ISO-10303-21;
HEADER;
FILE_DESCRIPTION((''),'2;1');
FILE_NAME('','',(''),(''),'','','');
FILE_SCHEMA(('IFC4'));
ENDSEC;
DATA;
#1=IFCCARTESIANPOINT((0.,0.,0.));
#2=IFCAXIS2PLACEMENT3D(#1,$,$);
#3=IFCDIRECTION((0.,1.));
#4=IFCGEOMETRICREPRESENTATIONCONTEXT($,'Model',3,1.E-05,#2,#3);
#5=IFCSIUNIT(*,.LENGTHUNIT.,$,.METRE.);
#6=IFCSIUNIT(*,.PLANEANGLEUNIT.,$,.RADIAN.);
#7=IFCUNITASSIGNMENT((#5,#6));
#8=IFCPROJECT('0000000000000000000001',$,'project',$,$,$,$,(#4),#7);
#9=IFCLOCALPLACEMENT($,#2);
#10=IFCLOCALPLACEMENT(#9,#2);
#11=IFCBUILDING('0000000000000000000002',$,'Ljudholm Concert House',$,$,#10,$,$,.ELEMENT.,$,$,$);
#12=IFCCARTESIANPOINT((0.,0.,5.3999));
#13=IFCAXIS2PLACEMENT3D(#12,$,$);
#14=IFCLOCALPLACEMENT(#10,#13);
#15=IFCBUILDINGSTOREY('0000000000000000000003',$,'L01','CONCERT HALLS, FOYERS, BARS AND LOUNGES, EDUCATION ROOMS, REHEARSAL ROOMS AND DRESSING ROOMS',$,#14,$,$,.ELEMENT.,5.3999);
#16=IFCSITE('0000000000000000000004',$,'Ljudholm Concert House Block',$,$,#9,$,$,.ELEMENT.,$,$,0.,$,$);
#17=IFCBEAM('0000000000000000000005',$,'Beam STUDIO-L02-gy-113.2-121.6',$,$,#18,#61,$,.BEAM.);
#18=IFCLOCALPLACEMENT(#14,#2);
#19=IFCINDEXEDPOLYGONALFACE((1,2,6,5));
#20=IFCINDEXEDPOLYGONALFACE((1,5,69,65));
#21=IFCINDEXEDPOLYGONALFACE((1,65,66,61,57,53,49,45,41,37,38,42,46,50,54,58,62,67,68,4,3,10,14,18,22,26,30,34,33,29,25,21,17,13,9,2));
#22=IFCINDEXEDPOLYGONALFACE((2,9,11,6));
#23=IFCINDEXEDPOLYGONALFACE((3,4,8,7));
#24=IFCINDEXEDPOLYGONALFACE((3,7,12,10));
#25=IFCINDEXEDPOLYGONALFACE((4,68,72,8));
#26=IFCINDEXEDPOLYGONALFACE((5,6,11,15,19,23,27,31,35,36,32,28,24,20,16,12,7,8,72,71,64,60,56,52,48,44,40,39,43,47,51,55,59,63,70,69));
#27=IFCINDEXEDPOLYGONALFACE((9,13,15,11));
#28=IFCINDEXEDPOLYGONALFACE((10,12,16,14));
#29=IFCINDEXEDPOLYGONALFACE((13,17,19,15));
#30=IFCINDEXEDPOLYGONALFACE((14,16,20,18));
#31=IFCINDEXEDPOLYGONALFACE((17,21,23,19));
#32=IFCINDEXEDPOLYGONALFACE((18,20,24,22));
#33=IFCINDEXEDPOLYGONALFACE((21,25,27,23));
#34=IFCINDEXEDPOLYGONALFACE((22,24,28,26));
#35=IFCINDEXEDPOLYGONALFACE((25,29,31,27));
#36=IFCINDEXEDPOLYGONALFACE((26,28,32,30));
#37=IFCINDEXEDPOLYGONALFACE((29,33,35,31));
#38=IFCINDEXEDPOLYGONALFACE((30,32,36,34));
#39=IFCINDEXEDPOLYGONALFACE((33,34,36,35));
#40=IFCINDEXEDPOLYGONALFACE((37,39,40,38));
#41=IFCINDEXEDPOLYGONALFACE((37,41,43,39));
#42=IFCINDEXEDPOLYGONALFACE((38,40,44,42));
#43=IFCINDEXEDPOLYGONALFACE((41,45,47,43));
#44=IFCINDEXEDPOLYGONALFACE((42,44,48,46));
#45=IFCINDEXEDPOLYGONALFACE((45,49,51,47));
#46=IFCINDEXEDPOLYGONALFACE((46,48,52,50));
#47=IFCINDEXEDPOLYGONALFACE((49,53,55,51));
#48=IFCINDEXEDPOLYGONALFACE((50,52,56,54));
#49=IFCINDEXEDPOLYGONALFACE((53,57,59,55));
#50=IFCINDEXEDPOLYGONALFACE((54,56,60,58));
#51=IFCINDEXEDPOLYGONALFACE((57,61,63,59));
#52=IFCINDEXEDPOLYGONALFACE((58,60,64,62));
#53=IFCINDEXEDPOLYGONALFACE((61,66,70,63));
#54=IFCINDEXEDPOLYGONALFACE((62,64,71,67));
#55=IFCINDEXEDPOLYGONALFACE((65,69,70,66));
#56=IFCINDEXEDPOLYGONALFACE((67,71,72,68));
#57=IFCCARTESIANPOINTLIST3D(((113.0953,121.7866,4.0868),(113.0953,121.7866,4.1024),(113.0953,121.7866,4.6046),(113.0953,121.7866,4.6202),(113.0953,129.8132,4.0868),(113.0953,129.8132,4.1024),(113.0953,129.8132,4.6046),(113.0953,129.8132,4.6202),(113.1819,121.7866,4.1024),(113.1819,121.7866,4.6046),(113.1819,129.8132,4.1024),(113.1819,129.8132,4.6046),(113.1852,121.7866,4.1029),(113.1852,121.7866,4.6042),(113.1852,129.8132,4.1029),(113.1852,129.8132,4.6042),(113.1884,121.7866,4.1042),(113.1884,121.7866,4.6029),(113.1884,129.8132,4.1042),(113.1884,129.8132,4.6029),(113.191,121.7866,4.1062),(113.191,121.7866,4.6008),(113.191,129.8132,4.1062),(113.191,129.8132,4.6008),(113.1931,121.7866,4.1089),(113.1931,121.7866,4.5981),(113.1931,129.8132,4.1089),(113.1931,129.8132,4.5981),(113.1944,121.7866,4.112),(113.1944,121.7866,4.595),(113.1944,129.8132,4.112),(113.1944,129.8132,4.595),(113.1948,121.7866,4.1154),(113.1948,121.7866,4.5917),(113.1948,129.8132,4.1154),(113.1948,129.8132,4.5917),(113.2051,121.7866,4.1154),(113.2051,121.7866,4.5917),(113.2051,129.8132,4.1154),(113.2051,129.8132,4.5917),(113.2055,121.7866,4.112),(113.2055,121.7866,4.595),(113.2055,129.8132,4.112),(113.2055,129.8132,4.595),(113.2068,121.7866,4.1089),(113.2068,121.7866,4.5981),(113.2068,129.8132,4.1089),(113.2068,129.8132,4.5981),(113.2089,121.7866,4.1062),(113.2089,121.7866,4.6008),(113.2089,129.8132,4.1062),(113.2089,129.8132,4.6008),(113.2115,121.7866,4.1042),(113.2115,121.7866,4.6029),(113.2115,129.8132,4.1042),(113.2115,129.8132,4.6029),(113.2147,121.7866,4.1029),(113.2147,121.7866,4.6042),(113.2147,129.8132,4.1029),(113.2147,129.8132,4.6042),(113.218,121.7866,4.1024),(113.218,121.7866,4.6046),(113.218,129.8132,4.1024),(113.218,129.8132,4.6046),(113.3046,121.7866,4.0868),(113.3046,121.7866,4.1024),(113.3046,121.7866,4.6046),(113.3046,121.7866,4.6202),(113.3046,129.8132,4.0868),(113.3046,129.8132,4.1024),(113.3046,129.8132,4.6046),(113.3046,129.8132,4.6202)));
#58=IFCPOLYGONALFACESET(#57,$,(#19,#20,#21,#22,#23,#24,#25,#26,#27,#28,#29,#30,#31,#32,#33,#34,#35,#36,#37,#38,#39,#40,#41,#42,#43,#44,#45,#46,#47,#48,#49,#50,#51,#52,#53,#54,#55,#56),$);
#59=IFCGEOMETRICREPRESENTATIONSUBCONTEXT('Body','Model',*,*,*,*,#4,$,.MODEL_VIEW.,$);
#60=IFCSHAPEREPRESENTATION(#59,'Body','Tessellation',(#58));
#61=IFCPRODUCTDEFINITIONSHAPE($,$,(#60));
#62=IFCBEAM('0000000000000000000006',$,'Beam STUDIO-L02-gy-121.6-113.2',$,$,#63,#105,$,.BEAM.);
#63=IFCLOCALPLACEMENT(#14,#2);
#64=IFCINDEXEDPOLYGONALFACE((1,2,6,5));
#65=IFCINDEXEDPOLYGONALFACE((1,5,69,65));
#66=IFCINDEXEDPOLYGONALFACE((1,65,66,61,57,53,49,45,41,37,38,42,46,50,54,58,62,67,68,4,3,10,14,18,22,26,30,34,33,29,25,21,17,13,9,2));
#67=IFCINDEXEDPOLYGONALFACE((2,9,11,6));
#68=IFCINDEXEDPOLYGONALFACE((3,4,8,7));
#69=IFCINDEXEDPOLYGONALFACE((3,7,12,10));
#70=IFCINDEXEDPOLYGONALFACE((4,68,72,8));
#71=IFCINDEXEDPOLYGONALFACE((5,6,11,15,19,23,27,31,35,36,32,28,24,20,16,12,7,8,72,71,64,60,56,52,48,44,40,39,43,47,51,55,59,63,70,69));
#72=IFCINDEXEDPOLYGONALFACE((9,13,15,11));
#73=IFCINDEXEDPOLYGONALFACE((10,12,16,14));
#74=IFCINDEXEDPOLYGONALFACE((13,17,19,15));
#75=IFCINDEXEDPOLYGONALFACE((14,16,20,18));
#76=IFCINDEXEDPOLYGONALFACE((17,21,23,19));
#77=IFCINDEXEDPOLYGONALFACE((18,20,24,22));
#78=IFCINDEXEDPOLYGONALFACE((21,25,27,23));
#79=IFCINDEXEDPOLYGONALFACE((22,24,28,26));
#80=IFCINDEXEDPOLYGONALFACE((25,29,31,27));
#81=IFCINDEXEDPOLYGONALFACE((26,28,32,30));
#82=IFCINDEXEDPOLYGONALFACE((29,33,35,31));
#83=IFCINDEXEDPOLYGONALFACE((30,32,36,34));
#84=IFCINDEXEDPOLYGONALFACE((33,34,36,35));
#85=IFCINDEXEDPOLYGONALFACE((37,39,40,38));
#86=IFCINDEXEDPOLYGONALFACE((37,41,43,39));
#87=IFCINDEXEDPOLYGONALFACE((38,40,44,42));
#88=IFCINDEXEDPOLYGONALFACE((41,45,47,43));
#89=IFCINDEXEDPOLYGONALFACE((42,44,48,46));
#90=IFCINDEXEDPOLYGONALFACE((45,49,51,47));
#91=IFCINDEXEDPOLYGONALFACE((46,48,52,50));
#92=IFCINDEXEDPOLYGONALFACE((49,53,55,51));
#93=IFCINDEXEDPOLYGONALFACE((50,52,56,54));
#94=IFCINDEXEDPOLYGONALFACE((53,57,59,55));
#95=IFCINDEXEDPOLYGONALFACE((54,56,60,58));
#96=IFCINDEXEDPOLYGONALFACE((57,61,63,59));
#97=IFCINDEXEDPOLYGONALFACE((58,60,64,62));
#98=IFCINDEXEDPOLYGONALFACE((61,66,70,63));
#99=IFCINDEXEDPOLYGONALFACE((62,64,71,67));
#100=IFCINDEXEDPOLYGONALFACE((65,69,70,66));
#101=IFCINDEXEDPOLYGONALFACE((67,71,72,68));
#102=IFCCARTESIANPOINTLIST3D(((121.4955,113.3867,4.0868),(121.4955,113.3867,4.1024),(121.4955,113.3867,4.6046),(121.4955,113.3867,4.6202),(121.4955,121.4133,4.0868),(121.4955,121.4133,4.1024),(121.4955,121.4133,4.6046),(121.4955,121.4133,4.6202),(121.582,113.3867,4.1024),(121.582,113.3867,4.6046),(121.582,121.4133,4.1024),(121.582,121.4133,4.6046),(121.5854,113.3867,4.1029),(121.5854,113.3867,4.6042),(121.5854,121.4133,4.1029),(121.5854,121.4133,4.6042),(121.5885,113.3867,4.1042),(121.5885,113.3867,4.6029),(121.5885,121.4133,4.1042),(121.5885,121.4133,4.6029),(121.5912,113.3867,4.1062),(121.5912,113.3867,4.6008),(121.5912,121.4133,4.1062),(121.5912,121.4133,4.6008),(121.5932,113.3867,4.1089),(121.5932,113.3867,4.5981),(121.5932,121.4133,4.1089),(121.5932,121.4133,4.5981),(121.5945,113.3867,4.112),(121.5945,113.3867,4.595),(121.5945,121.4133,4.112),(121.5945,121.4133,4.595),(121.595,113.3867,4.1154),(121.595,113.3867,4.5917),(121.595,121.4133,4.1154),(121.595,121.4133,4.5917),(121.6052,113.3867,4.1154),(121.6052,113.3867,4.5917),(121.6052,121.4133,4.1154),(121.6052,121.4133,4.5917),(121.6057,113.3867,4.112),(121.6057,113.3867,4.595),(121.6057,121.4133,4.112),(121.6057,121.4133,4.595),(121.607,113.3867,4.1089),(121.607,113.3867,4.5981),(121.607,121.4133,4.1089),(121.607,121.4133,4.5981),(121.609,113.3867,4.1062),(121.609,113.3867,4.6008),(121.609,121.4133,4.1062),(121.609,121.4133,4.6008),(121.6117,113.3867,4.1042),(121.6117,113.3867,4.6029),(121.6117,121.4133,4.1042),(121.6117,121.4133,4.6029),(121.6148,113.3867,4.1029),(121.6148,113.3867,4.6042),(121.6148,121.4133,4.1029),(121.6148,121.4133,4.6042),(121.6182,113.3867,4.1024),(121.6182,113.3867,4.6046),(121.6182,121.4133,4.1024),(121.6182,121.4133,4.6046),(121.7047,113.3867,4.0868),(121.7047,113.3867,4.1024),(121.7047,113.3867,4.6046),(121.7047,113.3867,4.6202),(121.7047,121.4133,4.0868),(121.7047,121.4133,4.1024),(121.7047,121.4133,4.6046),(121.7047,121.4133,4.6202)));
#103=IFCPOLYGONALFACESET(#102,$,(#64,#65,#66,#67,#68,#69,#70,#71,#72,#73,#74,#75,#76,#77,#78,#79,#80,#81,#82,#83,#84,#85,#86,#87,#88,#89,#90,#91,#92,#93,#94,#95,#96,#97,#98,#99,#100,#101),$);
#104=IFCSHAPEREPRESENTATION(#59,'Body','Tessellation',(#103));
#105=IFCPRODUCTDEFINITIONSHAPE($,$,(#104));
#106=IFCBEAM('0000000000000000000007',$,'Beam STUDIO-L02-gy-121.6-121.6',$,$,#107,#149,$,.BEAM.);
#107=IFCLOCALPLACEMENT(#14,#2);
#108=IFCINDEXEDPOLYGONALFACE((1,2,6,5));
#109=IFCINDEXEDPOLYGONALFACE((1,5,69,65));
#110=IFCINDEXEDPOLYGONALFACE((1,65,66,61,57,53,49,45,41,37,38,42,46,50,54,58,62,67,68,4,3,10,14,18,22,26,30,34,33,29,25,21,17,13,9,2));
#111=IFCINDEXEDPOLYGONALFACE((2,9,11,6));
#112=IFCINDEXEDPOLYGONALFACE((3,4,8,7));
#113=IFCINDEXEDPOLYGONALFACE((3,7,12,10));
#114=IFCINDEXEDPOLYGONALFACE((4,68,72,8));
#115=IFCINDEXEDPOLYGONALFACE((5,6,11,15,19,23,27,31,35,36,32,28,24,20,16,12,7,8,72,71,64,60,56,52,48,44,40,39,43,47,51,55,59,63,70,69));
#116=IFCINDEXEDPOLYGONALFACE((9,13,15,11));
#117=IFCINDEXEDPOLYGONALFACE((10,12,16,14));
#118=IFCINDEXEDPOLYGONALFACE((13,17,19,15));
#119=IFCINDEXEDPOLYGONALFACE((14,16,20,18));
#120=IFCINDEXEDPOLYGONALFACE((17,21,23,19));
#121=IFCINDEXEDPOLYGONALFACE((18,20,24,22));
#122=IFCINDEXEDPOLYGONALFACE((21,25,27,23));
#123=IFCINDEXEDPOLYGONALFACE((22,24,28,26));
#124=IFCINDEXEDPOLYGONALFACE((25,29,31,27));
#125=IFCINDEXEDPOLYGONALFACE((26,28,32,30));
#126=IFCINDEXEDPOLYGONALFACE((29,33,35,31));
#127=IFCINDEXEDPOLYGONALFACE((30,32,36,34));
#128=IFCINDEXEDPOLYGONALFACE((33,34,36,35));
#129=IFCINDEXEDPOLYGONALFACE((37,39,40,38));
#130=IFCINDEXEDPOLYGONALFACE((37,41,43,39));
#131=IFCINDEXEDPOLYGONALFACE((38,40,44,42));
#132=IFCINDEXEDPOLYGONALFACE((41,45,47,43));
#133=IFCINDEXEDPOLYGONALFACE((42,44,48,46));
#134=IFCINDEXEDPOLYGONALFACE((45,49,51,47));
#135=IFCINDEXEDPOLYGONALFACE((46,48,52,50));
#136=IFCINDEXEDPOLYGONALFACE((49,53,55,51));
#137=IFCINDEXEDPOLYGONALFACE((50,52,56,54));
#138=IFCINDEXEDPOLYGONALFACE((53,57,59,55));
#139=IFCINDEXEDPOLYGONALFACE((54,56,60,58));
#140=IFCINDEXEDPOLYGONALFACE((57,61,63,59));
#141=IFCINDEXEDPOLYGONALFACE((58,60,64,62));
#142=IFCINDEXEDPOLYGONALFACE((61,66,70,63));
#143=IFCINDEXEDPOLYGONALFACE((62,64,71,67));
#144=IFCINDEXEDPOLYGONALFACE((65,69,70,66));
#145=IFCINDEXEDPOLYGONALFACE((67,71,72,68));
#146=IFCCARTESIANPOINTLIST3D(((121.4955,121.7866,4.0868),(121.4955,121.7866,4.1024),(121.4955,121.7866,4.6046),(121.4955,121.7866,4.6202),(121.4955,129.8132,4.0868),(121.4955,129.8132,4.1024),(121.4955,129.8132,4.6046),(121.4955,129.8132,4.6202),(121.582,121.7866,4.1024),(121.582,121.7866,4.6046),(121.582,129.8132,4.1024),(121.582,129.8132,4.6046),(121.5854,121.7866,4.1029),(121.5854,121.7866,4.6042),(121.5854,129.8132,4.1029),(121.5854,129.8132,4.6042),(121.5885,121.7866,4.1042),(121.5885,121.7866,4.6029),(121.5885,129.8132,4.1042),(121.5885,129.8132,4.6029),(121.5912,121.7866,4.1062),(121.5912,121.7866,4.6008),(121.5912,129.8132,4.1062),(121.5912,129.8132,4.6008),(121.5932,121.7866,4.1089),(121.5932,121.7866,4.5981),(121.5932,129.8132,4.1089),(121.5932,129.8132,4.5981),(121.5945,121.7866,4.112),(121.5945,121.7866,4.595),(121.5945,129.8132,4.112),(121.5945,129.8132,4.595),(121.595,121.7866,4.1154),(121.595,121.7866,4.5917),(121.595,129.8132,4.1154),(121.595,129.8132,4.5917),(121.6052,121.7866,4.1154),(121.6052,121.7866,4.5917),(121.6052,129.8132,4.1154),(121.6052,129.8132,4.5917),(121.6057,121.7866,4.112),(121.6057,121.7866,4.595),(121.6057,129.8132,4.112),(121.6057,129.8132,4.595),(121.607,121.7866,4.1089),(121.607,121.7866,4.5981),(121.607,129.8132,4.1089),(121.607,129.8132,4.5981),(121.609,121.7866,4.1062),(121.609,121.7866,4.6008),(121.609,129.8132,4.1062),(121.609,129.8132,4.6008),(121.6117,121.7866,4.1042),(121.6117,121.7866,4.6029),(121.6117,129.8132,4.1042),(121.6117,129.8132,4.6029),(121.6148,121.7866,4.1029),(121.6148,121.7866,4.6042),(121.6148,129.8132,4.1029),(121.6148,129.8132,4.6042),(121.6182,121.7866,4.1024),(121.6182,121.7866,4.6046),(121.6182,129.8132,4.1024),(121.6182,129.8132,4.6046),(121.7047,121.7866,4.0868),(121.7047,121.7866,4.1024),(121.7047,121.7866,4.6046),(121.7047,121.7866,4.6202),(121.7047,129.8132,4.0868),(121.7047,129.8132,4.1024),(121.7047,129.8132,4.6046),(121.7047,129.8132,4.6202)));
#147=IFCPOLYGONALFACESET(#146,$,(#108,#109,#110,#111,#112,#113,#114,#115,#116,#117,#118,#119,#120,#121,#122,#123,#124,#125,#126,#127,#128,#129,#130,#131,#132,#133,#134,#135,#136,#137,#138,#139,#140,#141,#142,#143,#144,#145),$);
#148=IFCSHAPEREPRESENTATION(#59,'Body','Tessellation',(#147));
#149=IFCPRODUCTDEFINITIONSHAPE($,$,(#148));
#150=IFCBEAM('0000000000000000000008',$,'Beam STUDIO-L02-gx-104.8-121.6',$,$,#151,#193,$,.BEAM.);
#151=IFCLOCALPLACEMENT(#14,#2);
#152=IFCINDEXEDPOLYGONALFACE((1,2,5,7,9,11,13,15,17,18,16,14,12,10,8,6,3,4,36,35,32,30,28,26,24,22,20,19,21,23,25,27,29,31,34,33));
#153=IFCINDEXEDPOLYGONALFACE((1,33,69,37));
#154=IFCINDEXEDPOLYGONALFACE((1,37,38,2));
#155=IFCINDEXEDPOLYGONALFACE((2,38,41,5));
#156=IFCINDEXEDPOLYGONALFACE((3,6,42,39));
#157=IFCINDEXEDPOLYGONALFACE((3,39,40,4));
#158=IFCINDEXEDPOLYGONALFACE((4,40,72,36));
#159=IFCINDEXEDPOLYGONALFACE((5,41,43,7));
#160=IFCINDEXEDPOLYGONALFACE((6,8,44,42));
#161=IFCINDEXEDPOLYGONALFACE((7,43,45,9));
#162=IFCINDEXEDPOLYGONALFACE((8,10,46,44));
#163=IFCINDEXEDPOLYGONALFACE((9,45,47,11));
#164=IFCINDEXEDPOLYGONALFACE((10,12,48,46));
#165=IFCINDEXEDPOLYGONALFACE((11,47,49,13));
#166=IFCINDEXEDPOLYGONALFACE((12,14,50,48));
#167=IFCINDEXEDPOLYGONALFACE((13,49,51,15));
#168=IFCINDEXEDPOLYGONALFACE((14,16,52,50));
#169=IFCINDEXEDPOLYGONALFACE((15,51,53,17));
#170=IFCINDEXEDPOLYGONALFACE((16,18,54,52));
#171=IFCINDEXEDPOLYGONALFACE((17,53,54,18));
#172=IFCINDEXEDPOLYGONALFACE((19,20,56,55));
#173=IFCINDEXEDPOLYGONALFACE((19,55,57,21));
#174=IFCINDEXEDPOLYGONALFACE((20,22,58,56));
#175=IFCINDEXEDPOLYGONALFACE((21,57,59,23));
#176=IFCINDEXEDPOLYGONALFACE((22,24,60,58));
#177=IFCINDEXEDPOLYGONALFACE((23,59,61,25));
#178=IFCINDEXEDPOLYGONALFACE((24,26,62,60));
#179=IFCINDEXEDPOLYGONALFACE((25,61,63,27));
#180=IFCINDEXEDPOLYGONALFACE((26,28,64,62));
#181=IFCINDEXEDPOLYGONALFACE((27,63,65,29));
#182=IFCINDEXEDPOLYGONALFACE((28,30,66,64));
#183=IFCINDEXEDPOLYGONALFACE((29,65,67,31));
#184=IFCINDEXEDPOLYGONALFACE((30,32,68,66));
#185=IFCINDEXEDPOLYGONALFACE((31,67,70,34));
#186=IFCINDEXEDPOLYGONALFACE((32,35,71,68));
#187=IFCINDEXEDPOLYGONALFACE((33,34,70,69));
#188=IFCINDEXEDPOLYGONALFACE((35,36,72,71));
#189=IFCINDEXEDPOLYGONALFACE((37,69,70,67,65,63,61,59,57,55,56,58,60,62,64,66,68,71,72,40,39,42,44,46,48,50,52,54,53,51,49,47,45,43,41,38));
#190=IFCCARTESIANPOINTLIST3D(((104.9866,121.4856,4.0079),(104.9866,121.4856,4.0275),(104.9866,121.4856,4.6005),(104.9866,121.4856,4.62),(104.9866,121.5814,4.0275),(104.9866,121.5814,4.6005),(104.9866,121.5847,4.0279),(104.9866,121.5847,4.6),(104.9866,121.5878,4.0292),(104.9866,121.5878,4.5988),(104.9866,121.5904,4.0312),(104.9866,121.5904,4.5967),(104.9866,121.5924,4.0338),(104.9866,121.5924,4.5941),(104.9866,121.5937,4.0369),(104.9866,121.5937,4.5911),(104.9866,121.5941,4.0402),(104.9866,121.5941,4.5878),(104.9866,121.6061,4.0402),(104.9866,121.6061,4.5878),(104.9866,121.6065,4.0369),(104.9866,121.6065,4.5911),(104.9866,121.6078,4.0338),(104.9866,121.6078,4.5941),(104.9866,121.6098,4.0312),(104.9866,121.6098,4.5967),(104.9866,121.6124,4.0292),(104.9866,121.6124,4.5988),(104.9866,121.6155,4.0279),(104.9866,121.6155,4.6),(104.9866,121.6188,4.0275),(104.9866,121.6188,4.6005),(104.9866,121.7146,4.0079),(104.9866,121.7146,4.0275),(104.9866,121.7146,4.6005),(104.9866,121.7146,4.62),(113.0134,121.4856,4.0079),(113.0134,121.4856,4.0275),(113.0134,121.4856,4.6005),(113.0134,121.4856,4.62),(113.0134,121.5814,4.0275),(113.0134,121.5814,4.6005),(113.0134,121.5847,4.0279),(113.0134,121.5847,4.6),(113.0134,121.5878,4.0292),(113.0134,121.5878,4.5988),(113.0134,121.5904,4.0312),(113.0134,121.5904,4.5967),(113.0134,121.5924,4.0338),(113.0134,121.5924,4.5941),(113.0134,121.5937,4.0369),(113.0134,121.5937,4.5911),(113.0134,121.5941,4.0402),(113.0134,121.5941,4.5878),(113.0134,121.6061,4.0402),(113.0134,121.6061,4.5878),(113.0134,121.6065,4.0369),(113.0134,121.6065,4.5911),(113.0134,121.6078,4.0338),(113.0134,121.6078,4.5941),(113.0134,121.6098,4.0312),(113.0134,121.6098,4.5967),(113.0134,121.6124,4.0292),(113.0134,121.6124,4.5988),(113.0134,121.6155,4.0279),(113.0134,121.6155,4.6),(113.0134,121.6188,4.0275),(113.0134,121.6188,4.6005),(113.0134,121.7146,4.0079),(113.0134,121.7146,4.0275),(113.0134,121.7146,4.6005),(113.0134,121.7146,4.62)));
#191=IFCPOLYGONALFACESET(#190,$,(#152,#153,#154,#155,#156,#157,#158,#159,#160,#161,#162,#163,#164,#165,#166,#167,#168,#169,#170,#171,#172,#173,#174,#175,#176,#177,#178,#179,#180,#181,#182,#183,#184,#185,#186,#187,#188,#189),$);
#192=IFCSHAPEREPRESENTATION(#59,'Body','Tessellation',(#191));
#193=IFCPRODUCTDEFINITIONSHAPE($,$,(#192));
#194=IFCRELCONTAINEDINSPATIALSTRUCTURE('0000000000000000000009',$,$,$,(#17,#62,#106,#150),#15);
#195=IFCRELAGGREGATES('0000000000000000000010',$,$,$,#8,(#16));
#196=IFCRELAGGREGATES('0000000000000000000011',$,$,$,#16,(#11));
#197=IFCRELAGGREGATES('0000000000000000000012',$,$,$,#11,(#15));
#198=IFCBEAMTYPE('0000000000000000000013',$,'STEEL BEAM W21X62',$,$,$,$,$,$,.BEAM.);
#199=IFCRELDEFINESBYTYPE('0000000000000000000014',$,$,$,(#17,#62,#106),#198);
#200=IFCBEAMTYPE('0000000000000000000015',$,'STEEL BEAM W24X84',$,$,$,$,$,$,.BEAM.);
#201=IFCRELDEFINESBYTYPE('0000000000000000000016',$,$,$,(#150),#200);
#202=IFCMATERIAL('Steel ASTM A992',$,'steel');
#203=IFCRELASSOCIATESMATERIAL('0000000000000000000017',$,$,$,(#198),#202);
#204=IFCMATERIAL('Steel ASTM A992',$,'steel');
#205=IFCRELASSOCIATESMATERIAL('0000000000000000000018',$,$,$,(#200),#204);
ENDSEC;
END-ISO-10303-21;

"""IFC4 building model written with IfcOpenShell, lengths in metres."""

from ifc_helpers import new_model, si_unit, direction, frame, origin, origin_2d, place, context, subcontext, project, spatial, i_section, extrude, material, material_profile, profile_set, type_object, element, save


model = new_model("IFC4")

# Units and contexts
model_context = context("Model", 3, precision=1e-05, world=origin(), true_north=direction((0.0, 1.0)))
body_context = subcontext(model_context, "Body", "Model", "MODEL_VIEW")
ifc_project = project(units=[si_unit("LENGTHUNIT", "METRE"), si_unit("PLANEANGLEUNIT", "RADIAN")], contexts=[model_context])

# Site, building, storey
site_placement = place(None, origin())
site = spatial("IfcSite", under=ifc_project, at=site_placement, Name="Ljudholm Concert House Block", CompositionType="ELEMENT", RefElevation=0.0)
building_placement = place(site_placement, origin())
building = spatial("IfcBuilding", under=site, at=building_placement, Name="Ljudholm Concert House", CompositionType="ELEMENT")
storey_placement = place(building_placement, frame((0.0, 0.0, 5.3999)))
storey = spatial("IfcBuildingStorey", under=building, at=storey_placement, Name="L01", Description="CONCERT HALLS, FOYERS, BARS AND LOUNGES, EDUCATION ROOMS, REHEARSAL ROOMS AND DRESSING ROOMS", CompositionType="ELEMENT", Elevation=5.3999)

# Beams
ifc_material_1 = material(Name="Steel ASTM A992", Category="steel")
ifc_material_profile_1 = material_profile(ifc_material_1, i_section(OverallWidth=0.2092, OverallDepth=0.5334, WebThickness=0.0103, FlangeThickness=0.0156, FilletRadius=0.0129, at=origin_2d()), Name="W21X62")
ifc_profile_set_1 = profile_set([ifc_material_profile_1], Name="Steel ASTM A992")
beam_type_1 = type_object("IfcBeamType", Name="STEEL BEAM W21X62", PredefinedType="BEAM", material=ifc_profile_set_1)
for number, where, z_axis, x_axis, name in (
    (1, (113.2, 121.7866, 4.3535), (0.0, 1.0, 0.0), (-1.0, 0.0, 0.0), "Beam STUDIO-L02-gy-113.2-121.6"),
    (2, (121.6001, 113.3867, 4.3535), (0.0, 1.0, 0.0), (-1.0, 0.0, 0.0), "Beam STUDIO-L02-gy-121.6-113.2"),
    (3, (121.6001, 121.7866, 4.3535), (0.0, 1.0, 0.0), (-1.0, 0.0, 0.0), "Beam STUDIO-L02-gy-121.6-121.6"),
):
    element("IfcBeam", number, at=place(storey_placement, frame(where, z_axis=z_axis, x_axis=x_axis)), inside=storey, type_object=beam_type_1, Name=name, PredefinedType="BEAM", context=body_context, shape_type="SweptSolid", body=[
        extrude(i_section(OverallWidth=0.2092, OverallDepth=0.5334, WebThickness=0.0103, FlangeThickness=0.0156, FilletRadius=0.0129, at=origin_2d()), origin(), (0.0, 0.0, 1.0), 8.0266),
    ])
ifc_material_2 = material(Name="Steel ASTM A992", Category="steel")
ifc_material_profile_2 = material_profile(ifc_material_2, i_section(OverallWidth=0.229, OverallDepth=0.6121, WebThickness=0.012, FlangeThickness=0.0195, FilletRadius=0.0127, at=origin_2d()), Name="W24X84")
ifc_profile_set_2 = profile_set([ifc_material_profile_2], Name="Steel ASTM A992")
beam_type_2 = type_object("IfcBeamType", Name="STEEL BEAM W24X84", PredefinedType="BEAM", material=ifc_profile_set_2)
beam_1_placement = place(storey_placement, frame((104.9866, 121.6001, 4.314), z_axis=(1.0, 0.0, 0.0), x_axis=(0.0, 1.0, 0.0)))
element("IfcBeam", 4, at=beam_1_placement, inside=storey, type_object=beam_type_2, Name="Beam STUDIO-L02-gx-104.8-121.6", PredefinedType="BEAM", context=body_context, shape_type="SweptSolid", body=[
    extrude(i_section(OverallWidth=0.229, OverallDepth=0.6121, WebThickness=0.012, FlangeThickness=0.0195, FilletRadius=0.0127, at=origin_2d()), origin(), (0.0, 0.0, 1.0), 8.0269),
])

save(model, "model.ifc")
